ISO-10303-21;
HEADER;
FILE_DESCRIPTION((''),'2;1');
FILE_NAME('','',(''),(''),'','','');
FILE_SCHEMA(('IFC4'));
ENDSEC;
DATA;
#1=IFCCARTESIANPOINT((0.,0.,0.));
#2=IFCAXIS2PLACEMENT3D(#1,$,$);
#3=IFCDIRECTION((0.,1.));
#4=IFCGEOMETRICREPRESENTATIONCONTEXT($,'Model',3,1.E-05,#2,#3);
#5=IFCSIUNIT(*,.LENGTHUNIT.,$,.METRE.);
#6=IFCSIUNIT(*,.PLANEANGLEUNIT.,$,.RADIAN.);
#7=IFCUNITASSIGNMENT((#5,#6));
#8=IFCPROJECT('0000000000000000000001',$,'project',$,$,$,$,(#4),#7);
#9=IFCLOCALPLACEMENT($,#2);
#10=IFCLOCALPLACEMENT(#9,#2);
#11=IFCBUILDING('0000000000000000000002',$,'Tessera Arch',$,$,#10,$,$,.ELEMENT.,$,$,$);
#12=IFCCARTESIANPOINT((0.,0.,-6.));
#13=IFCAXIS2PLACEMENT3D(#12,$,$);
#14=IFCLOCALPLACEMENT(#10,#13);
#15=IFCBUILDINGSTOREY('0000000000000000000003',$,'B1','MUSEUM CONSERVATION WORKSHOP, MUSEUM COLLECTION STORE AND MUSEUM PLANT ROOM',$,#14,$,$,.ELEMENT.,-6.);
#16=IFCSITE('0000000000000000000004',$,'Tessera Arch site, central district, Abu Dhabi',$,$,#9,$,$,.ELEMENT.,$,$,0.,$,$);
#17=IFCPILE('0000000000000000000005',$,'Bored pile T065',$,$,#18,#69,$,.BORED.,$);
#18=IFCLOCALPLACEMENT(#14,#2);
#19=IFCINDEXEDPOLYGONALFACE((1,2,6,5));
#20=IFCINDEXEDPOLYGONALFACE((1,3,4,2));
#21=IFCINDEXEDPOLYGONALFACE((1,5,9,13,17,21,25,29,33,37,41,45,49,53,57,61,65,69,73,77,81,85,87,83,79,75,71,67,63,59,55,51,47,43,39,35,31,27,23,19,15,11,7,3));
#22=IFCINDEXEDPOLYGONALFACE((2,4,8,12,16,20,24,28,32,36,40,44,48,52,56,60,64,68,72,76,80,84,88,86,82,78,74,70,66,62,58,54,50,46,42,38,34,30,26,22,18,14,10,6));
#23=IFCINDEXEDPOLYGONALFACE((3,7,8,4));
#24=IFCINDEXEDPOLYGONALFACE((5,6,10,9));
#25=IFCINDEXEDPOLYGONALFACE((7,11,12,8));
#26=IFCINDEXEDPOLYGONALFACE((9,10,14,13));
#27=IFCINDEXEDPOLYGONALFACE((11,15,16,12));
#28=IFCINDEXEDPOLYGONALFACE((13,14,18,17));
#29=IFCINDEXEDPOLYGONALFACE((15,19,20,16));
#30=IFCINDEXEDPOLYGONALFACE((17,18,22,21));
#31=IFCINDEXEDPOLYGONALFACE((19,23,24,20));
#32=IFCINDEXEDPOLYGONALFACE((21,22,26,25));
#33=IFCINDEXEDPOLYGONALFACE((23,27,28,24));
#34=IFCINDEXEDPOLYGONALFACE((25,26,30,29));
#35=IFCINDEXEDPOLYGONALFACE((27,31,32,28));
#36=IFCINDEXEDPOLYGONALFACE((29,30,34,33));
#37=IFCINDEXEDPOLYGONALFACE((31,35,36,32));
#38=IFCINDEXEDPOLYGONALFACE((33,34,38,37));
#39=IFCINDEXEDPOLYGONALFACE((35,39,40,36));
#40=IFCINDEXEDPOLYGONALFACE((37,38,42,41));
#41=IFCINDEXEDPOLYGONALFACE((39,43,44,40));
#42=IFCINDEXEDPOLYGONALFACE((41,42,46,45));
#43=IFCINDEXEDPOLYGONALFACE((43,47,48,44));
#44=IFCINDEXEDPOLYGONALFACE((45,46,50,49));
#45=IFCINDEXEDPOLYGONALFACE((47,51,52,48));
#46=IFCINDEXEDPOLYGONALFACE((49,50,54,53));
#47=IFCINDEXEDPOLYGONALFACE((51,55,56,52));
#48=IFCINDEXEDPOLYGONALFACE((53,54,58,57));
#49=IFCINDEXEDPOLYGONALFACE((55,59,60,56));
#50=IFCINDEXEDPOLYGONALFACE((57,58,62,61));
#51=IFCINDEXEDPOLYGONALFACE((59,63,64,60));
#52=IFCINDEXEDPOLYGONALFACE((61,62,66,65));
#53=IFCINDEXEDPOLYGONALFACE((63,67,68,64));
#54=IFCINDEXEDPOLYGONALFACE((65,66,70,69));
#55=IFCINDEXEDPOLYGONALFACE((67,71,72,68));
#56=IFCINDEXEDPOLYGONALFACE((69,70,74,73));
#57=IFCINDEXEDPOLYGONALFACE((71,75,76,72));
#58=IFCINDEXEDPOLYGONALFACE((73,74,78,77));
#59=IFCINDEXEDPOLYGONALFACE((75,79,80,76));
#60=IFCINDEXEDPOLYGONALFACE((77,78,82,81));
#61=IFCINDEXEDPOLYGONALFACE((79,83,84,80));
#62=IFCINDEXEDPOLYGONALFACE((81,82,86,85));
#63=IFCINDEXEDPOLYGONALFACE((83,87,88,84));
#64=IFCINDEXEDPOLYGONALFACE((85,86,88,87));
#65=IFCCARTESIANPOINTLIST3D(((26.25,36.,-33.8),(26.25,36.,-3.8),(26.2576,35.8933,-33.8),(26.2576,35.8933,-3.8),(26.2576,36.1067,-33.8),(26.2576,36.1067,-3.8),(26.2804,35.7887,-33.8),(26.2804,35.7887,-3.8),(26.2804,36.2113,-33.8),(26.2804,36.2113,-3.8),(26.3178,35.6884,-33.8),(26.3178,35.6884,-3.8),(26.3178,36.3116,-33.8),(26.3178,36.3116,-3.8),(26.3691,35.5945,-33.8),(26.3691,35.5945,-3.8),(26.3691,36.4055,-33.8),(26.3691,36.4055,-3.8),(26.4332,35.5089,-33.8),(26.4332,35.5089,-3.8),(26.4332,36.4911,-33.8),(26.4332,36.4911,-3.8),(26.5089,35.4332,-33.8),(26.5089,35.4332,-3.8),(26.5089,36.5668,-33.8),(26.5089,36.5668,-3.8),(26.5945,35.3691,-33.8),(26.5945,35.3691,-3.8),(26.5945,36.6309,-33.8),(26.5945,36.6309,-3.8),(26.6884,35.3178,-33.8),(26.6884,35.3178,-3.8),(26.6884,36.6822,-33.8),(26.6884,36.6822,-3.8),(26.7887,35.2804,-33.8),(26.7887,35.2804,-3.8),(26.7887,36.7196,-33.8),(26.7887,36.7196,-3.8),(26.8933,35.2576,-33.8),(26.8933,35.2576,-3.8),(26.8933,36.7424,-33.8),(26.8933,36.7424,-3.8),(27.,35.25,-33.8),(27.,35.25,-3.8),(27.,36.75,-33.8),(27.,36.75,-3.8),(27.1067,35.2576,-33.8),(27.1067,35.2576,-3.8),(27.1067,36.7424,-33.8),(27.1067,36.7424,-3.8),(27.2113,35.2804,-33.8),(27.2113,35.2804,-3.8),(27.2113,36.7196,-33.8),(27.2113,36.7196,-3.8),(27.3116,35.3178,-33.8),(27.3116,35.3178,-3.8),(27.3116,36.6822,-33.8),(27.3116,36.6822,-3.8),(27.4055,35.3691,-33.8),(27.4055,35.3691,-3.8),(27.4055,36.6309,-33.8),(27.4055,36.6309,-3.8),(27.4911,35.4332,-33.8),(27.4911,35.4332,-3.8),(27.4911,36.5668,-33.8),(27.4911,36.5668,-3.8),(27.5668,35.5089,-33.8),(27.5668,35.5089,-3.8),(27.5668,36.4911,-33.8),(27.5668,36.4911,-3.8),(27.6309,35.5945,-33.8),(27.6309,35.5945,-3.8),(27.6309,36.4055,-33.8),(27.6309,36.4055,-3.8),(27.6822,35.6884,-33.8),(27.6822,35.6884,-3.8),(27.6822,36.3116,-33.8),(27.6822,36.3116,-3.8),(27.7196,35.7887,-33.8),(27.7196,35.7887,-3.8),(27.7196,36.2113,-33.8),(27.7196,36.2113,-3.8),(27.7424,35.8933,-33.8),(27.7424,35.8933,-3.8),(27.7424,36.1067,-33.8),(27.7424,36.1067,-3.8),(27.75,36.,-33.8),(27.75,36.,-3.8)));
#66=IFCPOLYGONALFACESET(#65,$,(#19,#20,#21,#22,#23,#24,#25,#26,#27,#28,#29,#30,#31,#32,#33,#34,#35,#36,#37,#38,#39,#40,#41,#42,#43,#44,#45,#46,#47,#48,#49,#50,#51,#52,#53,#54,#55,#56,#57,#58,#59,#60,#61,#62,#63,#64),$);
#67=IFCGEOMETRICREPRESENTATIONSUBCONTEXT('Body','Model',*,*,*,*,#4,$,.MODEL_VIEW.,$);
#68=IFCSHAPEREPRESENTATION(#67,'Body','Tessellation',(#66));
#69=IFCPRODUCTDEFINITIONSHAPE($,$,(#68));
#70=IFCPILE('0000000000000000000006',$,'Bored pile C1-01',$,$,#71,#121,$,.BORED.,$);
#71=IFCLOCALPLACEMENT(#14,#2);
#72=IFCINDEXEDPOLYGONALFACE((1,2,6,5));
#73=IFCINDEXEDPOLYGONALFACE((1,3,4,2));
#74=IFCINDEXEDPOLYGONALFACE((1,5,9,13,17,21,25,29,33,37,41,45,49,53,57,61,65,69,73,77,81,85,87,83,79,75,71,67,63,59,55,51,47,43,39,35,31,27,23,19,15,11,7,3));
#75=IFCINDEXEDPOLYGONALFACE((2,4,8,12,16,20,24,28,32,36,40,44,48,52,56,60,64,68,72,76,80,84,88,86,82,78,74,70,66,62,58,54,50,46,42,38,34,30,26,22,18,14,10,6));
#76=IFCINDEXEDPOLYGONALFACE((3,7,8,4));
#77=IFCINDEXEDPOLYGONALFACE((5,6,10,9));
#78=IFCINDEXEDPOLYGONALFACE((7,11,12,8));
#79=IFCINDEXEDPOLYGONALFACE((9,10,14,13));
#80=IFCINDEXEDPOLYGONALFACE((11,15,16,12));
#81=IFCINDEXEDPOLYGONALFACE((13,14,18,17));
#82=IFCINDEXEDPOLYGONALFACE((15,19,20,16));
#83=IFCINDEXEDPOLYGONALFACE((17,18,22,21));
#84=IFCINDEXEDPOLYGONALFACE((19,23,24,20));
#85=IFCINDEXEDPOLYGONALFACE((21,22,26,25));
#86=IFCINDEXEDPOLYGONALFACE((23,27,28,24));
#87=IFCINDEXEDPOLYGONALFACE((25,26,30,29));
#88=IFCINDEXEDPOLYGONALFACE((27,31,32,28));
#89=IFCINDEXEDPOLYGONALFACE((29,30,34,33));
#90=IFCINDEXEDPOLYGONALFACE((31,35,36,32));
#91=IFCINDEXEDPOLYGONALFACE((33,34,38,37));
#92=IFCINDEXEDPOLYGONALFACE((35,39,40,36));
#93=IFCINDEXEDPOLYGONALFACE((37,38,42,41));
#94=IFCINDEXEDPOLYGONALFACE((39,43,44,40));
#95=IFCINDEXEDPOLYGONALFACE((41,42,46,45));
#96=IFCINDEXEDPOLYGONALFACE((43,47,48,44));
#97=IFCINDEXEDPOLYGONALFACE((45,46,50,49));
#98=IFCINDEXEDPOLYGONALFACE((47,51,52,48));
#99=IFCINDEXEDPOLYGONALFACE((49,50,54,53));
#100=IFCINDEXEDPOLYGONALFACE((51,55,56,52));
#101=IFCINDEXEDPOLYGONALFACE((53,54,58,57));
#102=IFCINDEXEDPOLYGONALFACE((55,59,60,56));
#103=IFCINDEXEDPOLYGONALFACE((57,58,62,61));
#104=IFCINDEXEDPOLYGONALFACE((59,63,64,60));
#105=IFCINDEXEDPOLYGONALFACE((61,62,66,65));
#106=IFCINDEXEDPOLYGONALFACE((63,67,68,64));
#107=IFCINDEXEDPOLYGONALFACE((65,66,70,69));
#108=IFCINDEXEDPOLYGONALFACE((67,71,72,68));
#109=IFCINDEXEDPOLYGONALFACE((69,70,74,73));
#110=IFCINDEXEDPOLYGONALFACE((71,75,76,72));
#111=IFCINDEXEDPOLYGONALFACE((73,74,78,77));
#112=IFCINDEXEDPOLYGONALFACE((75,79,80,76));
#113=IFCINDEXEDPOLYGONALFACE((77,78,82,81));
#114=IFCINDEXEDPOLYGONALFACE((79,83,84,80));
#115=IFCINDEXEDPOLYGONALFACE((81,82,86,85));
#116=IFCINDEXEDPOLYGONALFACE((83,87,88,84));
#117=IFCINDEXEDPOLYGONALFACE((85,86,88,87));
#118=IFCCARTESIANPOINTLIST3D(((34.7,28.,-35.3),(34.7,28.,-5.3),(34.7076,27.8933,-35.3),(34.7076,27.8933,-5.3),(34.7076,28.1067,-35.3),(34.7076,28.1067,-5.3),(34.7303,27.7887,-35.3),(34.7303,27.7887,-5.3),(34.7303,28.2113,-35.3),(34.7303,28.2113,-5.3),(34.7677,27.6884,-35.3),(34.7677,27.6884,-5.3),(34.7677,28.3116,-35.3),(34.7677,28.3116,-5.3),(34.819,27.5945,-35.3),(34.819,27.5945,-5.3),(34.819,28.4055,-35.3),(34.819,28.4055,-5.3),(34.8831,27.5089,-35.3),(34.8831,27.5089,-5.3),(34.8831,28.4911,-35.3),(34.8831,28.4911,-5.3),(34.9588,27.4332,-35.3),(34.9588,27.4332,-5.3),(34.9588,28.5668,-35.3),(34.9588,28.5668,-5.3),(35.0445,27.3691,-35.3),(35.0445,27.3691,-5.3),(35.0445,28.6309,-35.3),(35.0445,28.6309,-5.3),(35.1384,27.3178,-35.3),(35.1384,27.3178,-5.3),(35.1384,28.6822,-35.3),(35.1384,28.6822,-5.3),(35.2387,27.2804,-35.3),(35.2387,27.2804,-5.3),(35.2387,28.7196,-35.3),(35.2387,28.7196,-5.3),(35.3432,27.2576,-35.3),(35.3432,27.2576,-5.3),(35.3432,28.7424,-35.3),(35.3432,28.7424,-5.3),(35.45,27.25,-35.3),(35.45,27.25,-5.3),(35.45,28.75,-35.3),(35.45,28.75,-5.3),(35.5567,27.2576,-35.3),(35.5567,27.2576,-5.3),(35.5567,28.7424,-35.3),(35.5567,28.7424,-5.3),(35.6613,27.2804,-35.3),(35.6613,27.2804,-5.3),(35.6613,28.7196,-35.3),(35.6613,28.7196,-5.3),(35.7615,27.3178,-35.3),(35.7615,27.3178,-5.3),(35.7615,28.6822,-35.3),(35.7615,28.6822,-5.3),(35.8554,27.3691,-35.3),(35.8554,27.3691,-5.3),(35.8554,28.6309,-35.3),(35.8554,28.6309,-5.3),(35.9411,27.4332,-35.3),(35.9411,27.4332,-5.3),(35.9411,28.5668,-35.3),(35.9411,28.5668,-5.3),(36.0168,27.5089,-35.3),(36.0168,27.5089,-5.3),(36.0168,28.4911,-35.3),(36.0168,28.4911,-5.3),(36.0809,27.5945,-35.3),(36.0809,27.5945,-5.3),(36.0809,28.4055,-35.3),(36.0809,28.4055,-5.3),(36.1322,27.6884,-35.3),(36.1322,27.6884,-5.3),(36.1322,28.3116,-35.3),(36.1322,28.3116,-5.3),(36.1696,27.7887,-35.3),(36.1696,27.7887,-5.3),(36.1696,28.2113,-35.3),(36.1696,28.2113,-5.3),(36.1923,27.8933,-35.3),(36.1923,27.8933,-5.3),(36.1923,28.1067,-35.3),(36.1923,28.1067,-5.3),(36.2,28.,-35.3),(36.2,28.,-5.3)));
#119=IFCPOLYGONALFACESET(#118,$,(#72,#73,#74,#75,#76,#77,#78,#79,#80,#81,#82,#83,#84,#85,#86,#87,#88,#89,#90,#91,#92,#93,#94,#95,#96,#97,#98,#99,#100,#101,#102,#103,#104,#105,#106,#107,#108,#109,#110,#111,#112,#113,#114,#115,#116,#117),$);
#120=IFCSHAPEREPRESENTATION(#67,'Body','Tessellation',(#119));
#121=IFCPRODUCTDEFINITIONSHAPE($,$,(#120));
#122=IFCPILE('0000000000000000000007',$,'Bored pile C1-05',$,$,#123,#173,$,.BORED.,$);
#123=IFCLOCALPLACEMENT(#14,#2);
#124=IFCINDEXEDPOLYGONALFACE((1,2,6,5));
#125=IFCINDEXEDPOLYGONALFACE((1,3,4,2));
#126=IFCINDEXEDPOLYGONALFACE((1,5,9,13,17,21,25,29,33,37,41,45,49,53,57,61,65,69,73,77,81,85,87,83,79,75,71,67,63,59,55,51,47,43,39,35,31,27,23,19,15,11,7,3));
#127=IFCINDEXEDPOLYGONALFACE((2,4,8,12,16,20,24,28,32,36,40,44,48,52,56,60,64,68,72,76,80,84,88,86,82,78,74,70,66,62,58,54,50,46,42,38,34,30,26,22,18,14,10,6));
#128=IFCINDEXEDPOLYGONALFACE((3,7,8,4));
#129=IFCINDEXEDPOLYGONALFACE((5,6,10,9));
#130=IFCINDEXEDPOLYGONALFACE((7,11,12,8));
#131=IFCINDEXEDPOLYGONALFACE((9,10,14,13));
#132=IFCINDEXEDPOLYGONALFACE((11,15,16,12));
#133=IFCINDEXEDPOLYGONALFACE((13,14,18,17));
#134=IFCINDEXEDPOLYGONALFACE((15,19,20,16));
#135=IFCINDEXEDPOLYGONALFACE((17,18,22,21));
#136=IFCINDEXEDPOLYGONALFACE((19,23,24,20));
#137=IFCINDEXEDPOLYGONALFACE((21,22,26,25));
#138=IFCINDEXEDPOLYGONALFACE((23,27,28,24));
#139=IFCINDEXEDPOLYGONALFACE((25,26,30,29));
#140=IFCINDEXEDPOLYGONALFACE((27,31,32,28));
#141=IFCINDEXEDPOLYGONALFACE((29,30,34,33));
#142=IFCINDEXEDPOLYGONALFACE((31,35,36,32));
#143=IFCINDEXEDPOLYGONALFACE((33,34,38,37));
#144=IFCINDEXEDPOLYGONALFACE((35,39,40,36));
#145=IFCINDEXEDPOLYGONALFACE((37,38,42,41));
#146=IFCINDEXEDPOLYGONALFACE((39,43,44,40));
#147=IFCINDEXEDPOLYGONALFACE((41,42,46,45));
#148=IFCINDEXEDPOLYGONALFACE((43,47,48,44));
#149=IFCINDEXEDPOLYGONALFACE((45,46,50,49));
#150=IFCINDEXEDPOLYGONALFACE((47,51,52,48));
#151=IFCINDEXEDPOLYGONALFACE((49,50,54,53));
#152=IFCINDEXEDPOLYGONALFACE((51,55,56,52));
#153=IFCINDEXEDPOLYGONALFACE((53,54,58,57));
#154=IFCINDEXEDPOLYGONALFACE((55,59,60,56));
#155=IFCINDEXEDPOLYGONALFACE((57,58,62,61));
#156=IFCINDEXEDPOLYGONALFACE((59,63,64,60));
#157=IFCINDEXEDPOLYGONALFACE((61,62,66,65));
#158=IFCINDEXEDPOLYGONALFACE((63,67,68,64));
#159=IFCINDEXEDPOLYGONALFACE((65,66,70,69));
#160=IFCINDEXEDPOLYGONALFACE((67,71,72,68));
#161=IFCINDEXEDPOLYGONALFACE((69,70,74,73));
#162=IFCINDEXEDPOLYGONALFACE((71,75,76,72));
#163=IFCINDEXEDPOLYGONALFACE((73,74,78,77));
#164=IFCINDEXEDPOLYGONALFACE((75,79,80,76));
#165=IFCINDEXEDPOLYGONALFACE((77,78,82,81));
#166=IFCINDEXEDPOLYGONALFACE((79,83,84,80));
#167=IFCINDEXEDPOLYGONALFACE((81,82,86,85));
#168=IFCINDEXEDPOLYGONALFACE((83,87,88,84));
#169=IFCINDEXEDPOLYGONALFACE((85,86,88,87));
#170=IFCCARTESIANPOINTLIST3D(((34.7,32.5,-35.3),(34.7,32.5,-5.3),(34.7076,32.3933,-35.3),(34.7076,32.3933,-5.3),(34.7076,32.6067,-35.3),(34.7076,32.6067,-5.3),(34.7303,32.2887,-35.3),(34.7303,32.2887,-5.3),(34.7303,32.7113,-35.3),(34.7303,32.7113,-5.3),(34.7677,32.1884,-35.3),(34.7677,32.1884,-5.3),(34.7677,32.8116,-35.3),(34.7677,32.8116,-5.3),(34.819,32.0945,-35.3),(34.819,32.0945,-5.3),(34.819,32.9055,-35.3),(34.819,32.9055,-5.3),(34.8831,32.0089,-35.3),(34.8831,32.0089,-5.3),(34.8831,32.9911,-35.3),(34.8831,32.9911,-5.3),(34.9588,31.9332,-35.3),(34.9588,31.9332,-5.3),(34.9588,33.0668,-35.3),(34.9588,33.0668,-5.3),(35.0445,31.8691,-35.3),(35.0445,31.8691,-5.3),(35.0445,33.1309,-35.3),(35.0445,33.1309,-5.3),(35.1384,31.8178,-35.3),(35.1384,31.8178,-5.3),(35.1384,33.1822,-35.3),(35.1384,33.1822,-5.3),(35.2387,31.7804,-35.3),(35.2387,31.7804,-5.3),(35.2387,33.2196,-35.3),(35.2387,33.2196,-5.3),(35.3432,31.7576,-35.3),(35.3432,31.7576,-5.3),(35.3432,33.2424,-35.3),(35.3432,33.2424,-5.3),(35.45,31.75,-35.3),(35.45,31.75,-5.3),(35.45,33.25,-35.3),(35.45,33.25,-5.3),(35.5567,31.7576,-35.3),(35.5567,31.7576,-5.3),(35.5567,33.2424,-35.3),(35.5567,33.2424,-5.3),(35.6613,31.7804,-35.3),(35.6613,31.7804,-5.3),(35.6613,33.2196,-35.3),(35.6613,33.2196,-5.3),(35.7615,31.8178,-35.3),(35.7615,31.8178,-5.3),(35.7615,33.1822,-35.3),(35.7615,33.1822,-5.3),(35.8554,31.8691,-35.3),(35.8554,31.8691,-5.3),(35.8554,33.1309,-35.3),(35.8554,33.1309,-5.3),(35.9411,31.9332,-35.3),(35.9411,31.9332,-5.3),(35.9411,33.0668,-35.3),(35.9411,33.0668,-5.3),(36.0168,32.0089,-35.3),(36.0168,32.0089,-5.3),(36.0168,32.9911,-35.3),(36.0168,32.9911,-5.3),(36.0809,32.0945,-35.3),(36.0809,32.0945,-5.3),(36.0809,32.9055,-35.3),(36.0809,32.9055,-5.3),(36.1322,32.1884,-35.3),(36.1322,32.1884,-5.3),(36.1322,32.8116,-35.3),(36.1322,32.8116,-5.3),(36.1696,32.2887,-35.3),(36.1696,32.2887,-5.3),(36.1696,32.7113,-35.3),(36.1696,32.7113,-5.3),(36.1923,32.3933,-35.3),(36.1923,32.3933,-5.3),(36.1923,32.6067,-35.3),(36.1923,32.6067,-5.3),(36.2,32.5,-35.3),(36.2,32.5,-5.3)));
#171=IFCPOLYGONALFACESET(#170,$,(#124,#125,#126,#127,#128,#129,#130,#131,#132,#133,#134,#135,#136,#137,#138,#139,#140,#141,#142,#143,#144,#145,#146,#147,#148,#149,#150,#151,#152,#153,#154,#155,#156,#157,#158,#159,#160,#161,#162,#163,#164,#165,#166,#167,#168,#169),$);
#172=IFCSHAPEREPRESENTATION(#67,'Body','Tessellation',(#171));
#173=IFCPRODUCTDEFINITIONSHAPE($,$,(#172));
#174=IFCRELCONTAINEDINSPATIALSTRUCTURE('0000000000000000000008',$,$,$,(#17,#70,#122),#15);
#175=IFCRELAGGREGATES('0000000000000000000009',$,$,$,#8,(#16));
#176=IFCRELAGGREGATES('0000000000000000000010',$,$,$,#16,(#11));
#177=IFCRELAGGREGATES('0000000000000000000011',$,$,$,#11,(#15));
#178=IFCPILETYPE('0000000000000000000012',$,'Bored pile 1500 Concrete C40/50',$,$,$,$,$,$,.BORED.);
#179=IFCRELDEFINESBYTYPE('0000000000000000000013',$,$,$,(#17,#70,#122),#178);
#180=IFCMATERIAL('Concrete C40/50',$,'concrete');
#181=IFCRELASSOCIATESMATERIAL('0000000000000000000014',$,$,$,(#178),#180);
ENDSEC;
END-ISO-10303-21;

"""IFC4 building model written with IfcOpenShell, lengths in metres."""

from ifc_helpers import new_model, si_unit, direction, frame, origin, origin_2d, place, context, subcontext, project, spatial, circle, extrude, material, type_object, element, save


model = new_model("IFC4")

# Units and contexts
model_context = context("Model", 3, precision=1e-05, world=origin(), true_north=direction((0.0, 1.0)))
body_context = subcontext(model_context, "Body", "Model", "MODEL_VIEW")
ifc_project = project(units=[si_unit("LENGTHUNIT", "METRE"), si_unit("PLANEANGLEUNIT", "RADIAN")], contexts=[model_context])

# Site, building, storey
site_placement = place(None, origin())
site = spatial("IfcSite", under=ifc_project, at=site_placement, Name="Tessera Arch site, central district, Abu Dhabi", CompositionType="ELEMENT", RefElevation=0.0)
building_placement = place(site_placement, origin())
building = spatial("IfcBuilding", under=site, at=building_placement, Name="Tessera Arch", CompositionType="ELEMENT")
storey_placement = place(building_placement, frame((0.0, 0.0, -6.0)))
storey = spatial("IfcBuildingStorey", under=building, at=storey_placement, Name="B1", Description="MUSEUM CONSERVATION WORKSHOP, MUSEUM COLLECTION STORE AND MUSEUM PLANT ROOM", CompositionType="ELEMENT", Elevation=-6.0)

# Piles
ifc_material_1 = material(Name="Concrete C40/50", Category="concrete")
pile_type = type_object("IfcPileType", Name="Bored pile 1500 Concrete C40/50", PredefinedType="BORED", material=ifc_material_1)
for number, where, z_axis, x_axis, name in (
    (1, (27.0, 36.0, -3.8), (0.0, 0.0, -1.0), (1.0, 0.0, 0.0), "Bored pile T065"),
    (2, (35.45, 28.0, -5.3), (0.0, 0.0, -1.0), (1.0, 0.0, 0.0), "Bored pile C1-01"),
    (3, (35.45, 32.5, -5.3), (0.0, 0.0, -1.0), (1.0, 0.0, 0.0), "Bored pile C1-05"),
):
    element("IfcPile", number, at=place(storey_placement, frame(where, z_axis=z_axis, x_axis=x_axis)), inside=storey, type_object=pile_type, Name=name, PredefinedType="BORED", context=body_context, shape_type="SweptSolid", body=[
        extrude(circle(Radius=0.75, at=origin_2d()), origin(), (0.0, 0.0, 1.0), 30.0),
    ])

save(model, "model.ifc")
